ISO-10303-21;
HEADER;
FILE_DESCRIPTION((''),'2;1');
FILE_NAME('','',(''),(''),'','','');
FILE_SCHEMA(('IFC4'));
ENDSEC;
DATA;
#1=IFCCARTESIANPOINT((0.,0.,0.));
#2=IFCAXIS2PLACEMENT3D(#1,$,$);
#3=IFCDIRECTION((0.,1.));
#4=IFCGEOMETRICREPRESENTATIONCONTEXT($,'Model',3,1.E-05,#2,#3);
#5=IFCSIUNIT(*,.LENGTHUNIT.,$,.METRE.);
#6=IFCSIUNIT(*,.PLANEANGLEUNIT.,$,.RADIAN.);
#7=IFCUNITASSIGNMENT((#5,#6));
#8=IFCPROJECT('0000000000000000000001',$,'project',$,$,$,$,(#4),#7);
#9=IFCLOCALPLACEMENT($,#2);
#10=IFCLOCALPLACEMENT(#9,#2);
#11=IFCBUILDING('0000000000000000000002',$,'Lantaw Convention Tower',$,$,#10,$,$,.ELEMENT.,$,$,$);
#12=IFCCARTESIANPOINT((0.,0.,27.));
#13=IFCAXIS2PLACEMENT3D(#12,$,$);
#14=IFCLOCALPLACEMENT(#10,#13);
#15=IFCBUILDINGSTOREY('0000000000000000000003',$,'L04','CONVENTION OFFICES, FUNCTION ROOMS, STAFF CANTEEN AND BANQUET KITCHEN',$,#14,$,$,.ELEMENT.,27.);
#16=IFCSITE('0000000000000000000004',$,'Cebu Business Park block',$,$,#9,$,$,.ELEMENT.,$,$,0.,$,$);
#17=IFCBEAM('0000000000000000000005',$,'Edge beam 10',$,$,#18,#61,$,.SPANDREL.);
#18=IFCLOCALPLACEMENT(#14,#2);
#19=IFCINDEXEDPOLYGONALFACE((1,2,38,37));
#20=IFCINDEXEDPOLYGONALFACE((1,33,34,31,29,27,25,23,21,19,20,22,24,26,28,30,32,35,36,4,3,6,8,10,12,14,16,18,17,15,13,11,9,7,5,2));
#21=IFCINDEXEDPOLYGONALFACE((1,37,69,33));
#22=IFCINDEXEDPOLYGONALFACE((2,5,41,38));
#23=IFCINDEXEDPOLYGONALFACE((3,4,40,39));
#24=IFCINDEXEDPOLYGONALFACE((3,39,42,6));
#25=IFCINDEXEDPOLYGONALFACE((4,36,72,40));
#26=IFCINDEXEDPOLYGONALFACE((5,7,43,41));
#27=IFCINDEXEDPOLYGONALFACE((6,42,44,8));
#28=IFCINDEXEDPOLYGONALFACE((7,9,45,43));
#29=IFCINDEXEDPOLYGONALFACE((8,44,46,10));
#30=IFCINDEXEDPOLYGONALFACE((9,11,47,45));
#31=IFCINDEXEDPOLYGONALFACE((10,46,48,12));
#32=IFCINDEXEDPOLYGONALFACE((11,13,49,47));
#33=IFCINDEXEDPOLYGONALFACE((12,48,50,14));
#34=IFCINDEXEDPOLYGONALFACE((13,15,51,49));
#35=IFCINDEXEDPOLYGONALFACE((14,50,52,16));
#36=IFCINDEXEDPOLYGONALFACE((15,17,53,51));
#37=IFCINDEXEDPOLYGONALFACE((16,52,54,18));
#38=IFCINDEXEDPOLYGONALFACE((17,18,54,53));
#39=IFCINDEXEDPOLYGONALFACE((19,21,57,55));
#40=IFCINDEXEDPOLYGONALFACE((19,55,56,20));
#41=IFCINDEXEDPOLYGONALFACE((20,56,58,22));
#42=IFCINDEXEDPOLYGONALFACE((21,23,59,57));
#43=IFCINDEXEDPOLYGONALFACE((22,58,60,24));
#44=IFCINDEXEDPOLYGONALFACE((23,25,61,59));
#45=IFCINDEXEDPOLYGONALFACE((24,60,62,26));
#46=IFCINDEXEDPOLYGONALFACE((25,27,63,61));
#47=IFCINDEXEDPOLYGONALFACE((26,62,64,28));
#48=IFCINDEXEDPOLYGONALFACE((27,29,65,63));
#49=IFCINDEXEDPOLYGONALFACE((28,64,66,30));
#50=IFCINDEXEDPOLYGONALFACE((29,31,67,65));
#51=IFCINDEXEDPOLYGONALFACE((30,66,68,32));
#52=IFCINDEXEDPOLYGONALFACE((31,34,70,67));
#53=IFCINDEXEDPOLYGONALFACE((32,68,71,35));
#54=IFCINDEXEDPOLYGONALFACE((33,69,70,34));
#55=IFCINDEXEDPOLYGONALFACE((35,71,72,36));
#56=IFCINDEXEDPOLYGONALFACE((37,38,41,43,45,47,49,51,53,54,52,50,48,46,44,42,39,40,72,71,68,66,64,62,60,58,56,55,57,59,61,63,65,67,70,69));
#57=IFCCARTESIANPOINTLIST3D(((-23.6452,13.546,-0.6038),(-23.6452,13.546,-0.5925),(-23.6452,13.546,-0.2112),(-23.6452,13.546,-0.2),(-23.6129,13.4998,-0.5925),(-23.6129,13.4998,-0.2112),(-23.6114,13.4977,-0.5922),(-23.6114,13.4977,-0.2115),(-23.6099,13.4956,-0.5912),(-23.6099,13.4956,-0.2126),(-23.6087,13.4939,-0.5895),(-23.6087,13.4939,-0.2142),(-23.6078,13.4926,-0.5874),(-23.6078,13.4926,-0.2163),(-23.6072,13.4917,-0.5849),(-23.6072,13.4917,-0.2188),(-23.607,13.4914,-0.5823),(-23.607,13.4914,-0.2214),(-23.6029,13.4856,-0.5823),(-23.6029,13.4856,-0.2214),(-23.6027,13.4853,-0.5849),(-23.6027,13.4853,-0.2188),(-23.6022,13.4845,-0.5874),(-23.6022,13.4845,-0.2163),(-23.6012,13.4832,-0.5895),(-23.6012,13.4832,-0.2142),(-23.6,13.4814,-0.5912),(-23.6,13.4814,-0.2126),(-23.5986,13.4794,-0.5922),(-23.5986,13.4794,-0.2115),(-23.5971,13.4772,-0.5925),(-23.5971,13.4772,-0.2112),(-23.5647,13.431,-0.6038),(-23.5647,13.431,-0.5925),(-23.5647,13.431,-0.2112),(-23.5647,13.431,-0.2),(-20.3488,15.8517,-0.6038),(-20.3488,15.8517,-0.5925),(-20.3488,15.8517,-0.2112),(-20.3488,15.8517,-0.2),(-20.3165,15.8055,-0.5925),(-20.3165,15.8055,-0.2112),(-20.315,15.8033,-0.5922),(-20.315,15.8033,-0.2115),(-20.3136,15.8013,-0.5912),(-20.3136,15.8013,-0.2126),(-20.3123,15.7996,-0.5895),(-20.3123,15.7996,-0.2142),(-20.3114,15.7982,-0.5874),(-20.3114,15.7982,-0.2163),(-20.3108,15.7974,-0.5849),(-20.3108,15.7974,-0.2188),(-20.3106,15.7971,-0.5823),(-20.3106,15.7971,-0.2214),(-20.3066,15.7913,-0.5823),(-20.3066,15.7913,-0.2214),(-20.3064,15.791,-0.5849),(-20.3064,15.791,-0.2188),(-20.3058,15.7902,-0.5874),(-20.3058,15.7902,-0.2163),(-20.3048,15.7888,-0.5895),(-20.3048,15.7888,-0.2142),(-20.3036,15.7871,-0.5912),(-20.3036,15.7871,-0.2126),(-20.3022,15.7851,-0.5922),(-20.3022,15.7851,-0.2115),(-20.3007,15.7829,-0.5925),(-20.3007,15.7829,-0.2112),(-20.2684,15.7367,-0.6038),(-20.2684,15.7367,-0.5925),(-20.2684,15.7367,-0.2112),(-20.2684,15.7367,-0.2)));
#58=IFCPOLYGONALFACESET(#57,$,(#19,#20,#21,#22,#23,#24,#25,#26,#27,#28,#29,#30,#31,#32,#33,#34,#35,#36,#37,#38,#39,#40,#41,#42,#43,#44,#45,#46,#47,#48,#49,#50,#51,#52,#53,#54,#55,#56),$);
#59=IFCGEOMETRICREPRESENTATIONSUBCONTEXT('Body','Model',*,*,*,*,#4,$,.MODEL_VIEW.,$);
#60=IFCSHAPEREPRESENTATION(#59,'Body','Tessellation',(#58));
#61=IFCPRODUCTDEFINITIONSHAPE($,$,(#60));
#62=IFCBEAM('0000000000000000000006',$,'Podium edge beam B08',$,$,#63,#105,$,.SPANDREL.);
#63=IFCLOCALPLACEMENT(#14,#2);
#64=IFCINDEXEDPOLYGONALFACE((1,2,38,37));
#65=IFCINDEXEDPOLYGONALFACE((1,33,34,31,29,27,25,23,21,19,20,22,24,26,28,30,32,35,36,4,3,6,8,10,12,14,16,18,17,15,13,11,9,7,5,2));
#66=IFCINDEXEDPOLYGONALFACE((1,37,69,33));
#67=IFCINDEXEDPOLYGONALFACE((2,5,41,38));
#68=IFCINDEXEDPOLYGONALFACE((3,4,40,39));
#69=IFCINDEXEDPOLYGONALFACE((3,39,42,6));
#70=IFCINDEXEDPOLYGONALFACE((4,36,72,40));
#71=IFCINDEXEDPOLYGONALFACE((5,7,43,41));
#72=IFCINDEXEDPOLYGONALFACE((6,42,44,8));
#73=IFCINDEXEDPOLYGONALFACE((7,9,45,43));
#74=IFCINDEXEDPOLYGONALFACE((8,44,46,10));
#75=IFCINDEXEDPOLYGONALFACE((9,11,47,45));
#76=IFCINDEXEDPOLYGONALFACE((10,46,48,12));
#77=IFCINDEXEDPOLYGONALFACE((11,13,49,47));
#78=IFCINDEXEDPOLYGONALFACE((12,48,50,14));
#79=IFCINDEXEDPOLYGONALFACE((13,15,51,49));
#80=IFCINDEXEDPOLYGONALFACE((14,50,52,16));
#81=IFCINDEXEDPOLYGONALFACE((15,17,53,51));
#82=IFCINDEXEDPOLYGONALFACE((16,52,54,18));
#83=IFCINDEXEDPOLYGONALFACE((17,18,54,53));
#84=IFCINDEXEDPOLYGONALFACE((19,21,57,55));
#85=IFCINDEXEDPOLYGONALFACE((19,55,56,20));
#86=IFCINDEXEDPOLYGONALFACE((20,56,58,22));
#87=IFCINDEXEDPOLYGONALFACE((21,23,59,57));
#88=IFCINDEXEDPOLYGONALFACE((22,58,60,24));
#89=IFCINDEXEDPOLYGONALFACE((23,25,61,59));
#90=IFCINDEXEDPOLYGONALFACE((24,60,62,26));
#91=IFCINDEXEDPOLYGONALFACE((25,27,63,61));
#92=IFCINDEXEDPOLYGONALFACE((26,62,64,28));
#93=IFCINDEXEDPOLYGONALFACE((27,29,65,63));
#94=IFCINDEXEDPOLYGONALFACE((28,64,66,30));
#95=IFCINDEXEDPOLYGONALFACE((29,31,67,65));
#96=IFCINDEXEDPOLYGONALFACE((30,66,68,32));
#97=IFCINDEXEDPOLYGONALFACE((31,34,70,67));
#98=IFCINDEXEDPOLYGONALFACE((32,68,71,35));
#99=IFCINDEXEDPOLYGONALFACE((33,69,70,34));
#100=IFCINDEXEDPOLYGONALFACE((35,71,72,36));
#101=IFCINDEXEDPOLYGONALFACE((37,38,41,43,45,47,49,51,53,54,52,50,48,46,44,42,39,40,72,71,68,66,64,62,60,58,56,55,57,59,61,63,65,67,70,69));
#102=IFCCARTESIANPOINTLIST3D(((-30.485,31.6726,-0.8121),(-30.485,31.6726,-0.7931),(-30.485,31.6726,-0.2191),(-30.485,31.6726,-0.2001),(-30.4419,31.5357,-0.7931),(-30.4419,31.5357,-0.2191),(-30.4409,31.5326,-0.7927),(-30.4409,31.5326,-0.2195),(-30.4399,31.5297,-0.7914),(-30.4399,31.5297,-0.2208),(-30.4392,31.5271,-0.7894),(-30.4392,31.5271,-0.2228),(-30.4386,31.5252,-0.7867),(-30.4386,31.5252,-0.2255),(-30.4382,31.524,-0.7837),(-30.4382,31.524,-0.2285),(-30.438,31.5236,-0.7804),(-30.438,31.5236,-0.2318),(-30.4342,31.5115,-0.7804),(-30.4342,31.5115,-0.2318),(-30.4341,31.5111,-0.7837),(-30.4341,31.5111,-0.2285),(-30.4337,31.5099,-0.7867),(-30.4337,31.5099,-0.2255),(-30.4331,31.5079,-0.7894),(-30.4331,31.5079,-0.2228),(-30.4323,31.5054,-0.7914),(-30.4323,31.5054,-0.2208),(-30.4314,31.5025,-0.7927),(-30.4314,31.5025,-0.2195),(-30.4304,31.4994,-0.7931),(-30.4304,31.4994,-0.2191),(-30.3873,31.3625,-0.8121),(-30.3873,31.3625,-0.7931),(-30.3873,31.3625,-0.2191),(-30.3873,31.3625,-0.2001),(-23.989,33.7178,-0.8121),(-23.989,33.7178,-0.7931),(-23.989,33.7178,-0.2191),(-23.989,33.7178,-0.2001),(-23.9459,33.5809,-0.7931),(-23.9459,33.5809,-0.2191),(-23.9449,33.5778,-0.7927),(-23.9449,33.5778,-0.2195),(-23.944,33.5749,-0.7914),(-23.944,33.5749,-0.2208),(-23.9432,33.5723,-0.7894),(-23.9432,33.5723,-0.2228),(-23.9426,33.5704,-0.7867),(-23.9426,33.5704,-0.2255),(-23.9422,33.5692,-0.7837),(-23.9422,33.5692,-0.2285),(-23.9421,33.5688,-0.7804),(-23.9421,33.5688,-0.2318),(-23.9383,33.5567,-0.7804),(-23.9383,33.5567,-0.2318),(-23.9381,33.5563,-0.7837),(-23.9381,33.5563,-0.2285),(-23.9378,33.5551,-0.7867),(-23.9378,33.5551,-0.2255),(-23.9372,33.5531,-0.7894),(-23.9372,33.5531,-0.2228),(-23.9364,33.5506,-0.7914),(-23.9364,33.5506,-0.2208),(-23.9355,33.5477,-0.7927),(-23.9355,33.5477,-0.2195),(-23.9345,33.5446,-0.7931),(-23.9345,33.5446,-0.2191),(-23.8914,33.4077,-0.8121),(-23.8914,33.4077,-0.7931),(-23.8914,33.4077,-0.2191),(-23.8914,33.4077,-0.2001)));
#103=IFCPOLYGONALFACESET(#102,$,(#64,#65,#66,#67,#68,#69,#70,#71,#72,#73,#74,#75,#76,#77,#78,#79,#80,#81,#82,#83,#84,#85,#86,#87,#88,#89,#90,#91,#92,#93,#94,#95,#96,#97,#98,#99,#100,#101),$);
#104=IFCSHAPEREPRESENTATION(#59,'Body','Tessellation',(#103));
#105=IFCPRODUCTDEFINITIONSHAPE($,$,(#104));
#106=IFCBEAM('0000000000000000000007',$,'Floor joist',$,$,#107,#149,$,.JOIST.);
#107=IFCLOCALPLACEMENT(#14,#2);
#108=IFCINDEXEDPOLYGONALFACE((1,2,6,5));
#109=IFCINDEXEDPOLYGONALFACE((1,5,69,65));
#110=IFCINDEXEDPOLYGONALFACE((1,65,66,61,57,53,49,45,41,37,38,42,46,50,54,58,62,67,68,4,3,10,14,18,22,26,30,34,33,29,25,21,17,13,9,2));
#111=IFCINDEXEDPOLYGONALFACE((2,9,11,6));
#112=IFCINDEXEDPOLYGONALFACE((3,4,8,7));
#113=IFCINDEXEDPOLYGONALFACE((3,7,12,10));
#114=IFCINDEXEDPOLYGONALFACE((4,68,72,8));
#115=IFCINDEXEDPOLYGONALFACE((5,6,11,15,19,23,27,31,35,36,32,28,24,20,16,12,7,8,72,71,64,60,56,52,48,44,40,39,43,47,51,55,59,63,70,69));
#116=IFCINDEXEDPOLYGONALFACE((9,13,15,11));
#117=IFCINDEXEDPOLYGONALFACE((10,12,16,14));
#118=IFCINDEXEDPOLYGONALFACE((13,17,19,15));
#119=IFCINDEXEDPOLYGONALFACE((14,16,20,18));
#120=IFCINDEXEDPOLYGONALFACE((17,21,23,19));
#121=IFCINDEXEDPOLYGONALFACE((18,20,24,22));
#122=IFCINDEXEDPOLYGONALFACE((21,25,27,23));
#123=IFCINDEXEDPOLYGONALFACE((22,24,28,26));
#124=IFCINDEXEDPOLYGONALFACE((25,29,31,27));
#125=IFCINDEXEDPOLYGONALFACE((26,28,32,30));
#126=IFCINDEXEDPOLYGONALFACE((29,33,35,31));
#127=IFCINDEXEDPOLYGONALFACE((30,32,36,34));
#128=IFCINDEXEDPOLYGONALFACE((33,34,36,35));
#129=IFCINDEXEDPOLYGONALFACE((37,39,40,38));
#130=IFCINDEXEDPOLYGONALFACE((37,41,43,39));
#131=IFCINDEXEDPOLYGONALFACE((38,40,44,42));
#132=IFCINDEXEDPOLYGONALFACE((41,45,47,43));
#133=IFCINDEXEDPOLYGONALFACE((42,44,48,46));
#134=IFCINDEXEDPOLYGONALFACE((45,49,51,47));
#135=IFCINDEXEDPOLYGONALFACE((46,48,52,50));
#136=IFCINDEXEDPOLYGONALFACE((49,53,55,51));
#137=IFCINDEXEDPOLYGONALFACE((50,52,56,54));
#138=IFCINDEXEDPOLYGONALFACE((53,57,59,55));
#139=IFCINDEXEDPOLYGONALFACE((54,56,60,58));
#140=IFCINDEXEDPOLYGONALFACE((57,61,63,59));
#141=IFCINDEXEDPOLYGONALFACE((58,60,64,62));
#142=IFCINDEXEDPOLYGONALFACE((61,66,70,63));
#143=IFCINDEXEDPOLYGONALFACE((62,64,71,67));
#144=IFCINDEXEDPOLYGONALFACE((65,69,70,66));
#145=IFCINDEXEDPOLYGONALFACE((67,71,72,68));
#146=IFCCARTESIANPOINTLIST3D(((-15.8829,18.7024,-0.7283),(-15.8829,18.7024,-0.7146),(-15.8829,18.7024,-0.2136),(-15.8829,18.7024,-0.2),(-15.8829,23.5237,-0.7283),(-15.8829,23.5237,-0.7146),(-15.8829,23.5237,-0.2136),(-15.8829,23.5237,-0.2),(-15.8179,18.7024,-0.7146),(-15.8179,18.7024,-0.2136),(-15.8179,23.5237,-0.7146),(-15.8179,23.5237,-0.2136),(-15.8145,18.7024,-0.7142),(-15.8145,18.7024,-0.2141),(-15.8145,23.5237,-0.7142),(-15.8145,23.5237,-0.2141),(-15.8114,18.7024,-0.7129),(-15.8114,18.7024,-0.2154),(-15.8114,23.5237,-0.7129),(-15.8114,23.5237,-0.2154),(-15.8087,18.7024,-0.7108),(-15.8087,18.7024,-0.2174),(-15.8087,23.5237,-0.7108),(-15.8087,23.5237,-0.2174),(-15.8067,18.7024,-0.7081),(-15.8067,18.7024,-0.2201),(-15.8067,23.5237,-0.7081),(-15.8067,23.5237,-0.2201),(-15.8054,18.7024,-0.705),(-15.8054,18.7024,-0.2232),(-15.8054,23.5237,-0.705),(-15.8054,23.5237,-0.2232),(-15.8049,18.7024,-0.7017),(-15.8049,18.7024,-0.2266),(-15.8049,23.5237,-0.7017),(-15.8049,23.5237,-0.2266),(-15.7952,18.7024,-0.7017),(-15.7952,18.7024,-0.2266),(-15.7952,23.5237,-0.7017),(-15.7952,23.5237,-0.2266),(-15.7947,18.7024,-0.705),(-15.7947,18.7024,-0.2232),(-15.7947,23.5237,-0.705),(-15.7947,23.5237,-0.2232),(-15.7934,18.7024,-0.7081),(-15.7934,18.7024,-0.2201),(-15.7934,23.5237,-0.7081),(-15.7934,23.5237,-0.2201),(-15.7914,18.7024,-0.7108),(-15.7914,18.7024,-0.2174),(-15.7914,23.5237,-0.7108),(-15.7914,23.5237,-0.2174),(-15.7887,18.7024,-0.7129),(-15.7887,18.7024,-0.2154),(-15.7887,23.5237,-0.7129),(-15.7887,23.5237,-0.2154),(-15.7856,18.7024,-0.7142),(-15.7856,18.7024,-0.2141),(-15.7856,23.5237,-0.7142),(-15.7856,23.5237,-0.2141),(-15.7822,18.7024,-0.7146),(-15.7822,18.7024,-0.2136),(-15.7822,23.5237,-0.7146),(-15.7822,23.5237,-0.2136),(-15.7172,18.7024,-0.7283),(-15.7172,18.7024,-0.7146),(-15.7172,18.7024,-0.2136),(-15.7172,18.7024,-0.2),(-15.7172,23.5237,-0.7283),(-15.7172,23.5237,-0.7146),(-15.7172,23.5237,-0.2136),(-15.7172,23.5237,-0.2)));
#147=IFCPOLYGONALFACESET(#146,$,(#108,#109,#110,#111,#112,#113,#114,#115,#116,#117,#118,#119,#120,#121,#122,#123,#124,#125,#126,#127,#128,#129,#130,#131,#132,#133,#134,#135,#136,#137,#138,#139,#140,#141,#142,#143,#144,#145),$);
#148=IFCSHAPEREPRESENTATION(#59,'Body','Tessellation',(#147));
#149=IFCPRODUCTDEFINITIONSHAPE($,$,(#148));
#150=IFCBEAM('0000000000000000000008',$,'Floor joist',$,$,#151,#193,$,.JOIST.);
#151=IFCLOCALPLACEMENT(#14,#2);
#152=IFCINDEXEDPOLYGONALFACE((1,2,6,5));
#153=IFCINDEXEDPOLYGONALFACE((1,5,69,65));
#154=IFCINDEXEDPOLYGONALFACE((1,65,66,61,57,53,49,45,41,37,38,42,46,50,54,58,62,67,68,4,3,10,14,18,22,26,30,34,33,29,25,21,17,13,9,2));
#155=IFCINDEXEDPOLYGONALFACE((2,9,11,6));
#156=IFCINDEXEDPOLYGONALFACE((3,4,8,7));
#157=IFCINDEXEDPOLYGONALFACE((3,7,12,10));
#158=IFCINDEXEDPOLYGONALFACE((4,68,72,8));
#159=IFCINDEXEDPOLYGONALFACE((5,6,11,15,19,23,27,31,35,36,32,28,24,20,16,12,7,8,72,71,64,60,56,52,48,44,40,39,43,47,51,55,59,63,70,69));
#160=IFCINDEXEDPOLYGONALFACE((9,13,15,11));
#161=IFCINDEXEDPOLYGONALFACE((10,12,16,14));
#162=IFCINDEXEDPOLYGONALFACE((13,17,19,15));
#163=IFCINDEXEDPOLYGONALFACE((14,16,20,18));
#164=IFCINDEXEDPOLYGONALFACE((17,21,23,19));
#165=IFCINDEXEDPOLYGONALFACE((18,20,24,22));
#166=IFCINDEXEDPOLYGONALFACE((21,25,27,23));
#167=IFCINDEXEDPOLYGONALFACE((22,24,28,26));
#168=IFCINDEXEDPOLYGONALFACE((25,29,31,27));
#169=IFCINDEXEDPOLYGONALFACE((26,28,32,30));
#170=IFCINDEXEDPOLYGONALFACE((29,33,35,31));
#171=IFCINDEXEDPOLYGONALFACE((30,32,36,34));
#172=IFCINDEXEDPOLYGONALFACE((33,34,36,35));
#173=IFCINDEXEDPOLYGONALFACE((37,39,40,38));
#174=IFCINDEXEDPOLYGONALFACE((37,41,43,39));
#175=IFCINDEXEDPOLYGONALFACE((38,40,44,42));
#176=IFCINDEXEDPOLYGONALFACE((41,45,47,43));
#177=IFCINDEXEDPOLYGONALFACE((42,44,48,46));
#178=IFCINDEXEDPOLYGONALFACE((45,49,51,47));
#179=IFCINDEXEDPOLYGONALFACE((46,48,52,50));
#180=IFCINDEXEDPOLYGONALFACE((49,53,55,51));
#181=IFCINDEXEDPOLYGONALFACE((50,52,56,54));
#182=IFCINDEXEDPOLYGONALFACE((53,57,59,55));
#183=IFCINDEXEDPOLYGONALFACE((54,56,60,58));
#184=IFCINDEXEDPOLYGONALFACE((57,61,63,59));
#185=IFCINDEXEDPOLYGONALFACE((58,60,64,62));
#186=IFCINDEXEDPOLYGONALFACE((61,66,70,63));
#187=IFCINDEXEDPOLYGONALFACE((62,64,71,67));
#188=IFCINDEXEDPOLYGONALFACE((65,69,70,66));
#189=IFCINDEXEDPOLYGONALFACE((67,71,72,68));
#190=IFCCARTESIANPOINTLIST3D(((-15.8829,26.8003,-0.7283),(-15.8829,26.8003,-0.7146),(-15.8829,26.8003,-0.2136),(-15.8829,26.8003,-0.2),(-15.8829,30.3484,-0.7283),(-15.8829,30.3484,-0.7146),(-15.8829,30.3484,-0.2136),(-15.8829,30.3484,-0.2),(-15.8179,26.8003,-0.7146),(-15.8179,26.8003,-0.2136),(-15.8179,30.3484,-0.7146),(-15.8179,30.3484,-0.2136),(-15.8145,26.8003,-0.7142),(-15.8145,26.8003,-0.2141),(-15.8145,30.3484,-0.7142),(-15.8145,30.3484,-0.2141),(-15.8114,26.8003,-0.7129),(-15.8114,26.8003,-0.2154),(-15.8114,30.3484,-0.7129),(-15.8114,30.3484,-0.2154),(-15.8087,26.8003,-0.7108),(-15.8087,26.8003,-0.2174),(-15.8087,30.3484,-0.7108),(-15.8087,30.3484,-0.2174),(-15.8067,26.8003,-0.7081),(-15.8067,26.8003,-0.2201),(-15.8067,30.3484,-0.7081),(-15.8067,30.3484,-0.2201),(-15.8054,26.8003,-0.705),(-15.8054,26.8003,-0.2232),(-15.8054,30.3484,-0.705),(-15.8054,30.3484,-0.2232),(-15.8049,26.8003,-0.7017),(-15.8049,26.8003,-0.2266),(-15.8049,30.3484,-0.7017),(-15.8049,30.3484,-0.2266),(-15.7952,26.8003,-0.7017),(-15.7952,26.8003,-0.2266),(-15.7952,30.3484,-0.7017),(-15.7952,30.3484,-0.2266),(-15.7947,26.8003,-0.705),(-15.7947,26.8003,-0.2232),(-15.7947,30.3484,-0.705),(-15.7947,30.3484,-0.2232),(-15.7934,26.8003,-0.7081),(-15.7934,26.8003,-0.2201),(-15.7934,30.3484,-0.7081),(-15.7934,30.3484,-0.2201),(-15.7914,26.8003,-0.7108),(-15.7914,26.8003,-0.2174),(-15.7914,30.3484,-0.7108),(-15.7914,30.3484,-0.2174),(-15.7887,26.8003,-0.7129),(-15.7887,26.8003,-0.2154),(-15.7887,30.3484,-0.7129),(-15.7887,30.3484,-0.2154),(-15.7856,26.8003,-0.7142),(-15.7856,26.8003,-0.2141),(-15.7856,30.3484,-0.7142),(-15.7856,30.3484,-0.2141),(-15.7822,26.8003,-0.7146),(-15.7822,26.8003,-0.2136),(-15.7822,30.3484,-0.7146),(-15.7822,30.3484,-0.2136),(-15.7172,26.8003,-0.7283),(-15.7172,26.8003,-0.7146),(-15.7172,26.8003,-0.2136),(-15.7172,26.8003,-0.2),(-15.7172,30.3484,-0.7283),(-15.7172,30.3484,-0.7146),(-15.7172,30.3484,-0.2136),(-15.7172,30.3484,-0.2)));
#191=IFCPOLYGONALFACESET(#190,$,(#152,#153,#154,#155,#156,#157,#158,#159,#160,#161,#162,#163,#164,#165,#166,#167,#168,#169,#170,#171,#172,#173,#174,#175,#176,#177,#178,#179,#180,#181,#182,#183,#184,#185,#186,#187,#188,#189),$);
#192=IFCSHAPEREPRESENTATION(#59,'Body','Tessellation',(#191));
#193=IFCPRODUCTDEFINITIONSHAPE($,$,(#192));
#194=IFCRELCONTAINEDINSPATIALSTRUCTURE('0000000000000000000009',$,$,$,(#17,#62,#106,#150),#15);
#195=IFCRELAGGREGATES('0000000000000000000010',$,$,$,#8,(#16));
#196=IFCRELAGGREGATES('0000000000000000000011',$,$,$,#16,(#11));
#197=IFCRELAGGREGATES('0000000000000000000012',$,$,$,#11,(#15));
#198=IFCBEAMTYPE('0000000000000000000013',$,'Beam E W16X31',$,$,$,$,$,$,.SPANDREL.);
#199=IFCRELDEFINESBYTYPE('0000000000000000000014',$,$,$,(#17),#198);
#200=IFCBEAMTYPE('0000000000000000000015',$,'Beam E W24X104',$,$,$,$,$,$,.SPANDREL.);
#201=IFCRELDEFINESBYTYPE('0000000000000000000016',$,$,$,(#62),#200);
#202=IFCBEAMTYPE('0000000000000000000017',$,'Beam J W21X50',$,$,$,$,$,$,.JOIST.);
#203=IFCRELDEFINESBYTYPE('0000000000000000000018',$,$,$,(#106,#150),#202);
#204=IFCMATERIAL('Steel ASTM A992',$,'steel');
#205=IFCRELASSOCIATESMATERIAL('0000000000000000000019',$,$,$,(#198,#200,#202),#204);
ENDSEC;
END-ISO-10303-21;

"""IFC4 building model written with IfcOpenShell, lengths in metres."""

from ifc_helpers import new_model, si_unit, direction, frame, origin, origin_2d, place, context, subcontext, project, spatial, i_section, extrude, material, material_profile, profile_set, type_object, element, save


model = new_model("IFC4")

# Units and contexts
model_context = context("Model", 3, precision=1e-05, world=origin(), true_north=direction((0.0, 1.0)))
body_context = subcontext(model_context, "Body", "Model", "MODEL_VIEW")
ifc_project = project(units=[si_unit("LENGTHUNIT", "METRE"), si_unit("PLANEANGLEUNIT", "RADIAN")], contexts=[model_context])

# Site, building, storey
site_placement = place(None, origin())
site = spatial("IfcSite", under=ifc_project, at=site_placement, Name="Cebu Business Park block", CompositionType="ELEMENT", RefElevation=0.0)
building_placement = place(site_placement, origin())
building = spatial("IfcBuilding", under=site, at=building_placement, Name="Lantaw Convention Tower", CompositionType="ELEMENT")
storey_placement = place(building_placement, frame((0.0, 0.0, 27.0)))
storey = spatial("IfcBuildingStorey", under=building, at=storey_placement, Name="L04", Description="CONVENTION OFFICES, FUNCTION ROOMS, STAFF CANTEEN AND BANQUET KITCHEN", CompositionType="ELEMENT", Elevation=27.0)

# Beams
ifc_material_1 = material(Name="Steel ASTM A992", Category="steel")
ifc_material_profile_1 = material_profile(ifc_material_1, i_section(OverallWidth=0.1404, OverallDepth=0.4038, WebThickness=0.0071, FlangeThickness=0.0112, FilletRadius=0.0103, at=origin_2d()), Name="W16X31")
ifc_profile_set_1 = profile_set([ifc_material_profile_1], Name="Steel ASTM A992")
beam_type_1 = type_object("IfcBeamType", Name="Beam E W16X31", PredefinedType="SPANDREL", material=ifc_profile_set_1)
beam_1_placement = place(storey_placement, frame((-20.3086, 15.7942, -0.4019), z_axis=(-0.819443, -0.573161, 0.0), x_axis=(0.573161, -0.819443, 0.0)))
element("IfcBeam", 1, at=beam_1_placement, inside=storey, type_object=beam_type_1, Name="Edge beam 10", PredefinedType="SPANDREL", context=body_context, shape_type="SweptSolid", body=[
    extrude(i_section(OverallWidth=0.1404, OverallDepth=0.4038, WebThickness=0.0071, FlangeThickness=0.0112, FilletRadius=0.0103, at=origin_2d()), origin(), (0.0, 0.0, 1.0), 4.0227),
])
ifc_material_profile_2 = material_profile(ifc_material_1, i_section(OverallWidth=0.3252, OverallDepth=0.6121, WebThickness=0.0127, FlangeThickness=0.019, FilletRadius=0.0127, at=origin_2d()), Name="W24X104")
ifc_profile_set_2 = profile_set([ifc_material_profile_2], Name="Steel ASTM A992")
beam_type_2 = type_object("IfcBeamType", Name="Beam E W24X104", PredefinedType="SPANDREL", material=ifc_profile_set_2)
beam_2_placement = place(storey_placement, frame((-23.9402, 33.5627, -0.5061), z_axis=(-0.953842, -0.300309, 0.0), x_axis=(0.300309, -0.953842, 0.0)))
element("IfcBeam", 2, at=beam_2_placement, inside=storey, type_object=beam_type_2, Name="Podium edge beam B08", PredefinedType="SPANDREL", context=body_context, shape_type="SweptSolid", body=[
    extrude(i_section(OverallWidth=0.3252, OverallDepth=0.6121, WebThickness=0.0127, FlangeThickness=0.019, FilletRadius=0.0127, at=origin_2d()), origin(), (0.0, 0.0, 1.0), 6.8103),
])
ifc_material_profile_3 = material_profile(ifc_material_1, i_section(OverallWidth=0.1658, OverallDepth=0.5283, WebThickness=0.0098, FlangeThickness=0.0137, FilletRadius=0.0129, at=origin_2d()), Name="W21X50")
ifc_profile_set_3 = profile_set([ifc_material_profile_3], Name="Steel ASTM A992")
beam_type_3 = type_object("IfcBeamType", Name="Beam J W21X50", PredefinedType="JOIST", material=ifc_profile_set_3)
beam_3_placement = place(storey_placement, frame((-15.8, 18.7024, -0.4641), z_axis=(0.0, 1.0, 0.0), x_axis=(-1.0, 0.0, 0.0)))
element("IfcBeam", 3, at=beam_3_placement, inside=storey, type_object=beam_type_3, Name="Floor joist", PredefinedType="JOIST", context=body_context, shape_type="SweptSolid", body=[
    extrude(i_section(OverallWidth=0.1658, OverallDepth=0.5283, WebThickness=0.0098, FlangeThickness=0.0137, FilletRadius=0.0129, at=origin_2d()), origin(), (0.0, 0.0, 1.0), 4.8213),
])
beam_4_placement = place(storey_placement, frame((-15.8, 26.8003, -0.4641), z_axis=(0.0, 1.0, 0.0), x_axis=(-1.0, 0.0, 0.0)))
element("IfcBeam", 4, at=beam_4_placement, inside=storey, type_object=beam_type_3, Name="Floor joist", PredefinedType="JOIST", context=body_context, shape_type="SweptSolid", body=[
    extrude(i_section(OverallWidth=0.1658, OverallDepth=0.5283, WebThickness=0.0098, FlangeThickness=0.0137, FilletRadius=0.0129, at=origin_2d()), origin(), (0.0, 0.0, 1.0), 3.5481),
])

save(model, "model.ifc")
